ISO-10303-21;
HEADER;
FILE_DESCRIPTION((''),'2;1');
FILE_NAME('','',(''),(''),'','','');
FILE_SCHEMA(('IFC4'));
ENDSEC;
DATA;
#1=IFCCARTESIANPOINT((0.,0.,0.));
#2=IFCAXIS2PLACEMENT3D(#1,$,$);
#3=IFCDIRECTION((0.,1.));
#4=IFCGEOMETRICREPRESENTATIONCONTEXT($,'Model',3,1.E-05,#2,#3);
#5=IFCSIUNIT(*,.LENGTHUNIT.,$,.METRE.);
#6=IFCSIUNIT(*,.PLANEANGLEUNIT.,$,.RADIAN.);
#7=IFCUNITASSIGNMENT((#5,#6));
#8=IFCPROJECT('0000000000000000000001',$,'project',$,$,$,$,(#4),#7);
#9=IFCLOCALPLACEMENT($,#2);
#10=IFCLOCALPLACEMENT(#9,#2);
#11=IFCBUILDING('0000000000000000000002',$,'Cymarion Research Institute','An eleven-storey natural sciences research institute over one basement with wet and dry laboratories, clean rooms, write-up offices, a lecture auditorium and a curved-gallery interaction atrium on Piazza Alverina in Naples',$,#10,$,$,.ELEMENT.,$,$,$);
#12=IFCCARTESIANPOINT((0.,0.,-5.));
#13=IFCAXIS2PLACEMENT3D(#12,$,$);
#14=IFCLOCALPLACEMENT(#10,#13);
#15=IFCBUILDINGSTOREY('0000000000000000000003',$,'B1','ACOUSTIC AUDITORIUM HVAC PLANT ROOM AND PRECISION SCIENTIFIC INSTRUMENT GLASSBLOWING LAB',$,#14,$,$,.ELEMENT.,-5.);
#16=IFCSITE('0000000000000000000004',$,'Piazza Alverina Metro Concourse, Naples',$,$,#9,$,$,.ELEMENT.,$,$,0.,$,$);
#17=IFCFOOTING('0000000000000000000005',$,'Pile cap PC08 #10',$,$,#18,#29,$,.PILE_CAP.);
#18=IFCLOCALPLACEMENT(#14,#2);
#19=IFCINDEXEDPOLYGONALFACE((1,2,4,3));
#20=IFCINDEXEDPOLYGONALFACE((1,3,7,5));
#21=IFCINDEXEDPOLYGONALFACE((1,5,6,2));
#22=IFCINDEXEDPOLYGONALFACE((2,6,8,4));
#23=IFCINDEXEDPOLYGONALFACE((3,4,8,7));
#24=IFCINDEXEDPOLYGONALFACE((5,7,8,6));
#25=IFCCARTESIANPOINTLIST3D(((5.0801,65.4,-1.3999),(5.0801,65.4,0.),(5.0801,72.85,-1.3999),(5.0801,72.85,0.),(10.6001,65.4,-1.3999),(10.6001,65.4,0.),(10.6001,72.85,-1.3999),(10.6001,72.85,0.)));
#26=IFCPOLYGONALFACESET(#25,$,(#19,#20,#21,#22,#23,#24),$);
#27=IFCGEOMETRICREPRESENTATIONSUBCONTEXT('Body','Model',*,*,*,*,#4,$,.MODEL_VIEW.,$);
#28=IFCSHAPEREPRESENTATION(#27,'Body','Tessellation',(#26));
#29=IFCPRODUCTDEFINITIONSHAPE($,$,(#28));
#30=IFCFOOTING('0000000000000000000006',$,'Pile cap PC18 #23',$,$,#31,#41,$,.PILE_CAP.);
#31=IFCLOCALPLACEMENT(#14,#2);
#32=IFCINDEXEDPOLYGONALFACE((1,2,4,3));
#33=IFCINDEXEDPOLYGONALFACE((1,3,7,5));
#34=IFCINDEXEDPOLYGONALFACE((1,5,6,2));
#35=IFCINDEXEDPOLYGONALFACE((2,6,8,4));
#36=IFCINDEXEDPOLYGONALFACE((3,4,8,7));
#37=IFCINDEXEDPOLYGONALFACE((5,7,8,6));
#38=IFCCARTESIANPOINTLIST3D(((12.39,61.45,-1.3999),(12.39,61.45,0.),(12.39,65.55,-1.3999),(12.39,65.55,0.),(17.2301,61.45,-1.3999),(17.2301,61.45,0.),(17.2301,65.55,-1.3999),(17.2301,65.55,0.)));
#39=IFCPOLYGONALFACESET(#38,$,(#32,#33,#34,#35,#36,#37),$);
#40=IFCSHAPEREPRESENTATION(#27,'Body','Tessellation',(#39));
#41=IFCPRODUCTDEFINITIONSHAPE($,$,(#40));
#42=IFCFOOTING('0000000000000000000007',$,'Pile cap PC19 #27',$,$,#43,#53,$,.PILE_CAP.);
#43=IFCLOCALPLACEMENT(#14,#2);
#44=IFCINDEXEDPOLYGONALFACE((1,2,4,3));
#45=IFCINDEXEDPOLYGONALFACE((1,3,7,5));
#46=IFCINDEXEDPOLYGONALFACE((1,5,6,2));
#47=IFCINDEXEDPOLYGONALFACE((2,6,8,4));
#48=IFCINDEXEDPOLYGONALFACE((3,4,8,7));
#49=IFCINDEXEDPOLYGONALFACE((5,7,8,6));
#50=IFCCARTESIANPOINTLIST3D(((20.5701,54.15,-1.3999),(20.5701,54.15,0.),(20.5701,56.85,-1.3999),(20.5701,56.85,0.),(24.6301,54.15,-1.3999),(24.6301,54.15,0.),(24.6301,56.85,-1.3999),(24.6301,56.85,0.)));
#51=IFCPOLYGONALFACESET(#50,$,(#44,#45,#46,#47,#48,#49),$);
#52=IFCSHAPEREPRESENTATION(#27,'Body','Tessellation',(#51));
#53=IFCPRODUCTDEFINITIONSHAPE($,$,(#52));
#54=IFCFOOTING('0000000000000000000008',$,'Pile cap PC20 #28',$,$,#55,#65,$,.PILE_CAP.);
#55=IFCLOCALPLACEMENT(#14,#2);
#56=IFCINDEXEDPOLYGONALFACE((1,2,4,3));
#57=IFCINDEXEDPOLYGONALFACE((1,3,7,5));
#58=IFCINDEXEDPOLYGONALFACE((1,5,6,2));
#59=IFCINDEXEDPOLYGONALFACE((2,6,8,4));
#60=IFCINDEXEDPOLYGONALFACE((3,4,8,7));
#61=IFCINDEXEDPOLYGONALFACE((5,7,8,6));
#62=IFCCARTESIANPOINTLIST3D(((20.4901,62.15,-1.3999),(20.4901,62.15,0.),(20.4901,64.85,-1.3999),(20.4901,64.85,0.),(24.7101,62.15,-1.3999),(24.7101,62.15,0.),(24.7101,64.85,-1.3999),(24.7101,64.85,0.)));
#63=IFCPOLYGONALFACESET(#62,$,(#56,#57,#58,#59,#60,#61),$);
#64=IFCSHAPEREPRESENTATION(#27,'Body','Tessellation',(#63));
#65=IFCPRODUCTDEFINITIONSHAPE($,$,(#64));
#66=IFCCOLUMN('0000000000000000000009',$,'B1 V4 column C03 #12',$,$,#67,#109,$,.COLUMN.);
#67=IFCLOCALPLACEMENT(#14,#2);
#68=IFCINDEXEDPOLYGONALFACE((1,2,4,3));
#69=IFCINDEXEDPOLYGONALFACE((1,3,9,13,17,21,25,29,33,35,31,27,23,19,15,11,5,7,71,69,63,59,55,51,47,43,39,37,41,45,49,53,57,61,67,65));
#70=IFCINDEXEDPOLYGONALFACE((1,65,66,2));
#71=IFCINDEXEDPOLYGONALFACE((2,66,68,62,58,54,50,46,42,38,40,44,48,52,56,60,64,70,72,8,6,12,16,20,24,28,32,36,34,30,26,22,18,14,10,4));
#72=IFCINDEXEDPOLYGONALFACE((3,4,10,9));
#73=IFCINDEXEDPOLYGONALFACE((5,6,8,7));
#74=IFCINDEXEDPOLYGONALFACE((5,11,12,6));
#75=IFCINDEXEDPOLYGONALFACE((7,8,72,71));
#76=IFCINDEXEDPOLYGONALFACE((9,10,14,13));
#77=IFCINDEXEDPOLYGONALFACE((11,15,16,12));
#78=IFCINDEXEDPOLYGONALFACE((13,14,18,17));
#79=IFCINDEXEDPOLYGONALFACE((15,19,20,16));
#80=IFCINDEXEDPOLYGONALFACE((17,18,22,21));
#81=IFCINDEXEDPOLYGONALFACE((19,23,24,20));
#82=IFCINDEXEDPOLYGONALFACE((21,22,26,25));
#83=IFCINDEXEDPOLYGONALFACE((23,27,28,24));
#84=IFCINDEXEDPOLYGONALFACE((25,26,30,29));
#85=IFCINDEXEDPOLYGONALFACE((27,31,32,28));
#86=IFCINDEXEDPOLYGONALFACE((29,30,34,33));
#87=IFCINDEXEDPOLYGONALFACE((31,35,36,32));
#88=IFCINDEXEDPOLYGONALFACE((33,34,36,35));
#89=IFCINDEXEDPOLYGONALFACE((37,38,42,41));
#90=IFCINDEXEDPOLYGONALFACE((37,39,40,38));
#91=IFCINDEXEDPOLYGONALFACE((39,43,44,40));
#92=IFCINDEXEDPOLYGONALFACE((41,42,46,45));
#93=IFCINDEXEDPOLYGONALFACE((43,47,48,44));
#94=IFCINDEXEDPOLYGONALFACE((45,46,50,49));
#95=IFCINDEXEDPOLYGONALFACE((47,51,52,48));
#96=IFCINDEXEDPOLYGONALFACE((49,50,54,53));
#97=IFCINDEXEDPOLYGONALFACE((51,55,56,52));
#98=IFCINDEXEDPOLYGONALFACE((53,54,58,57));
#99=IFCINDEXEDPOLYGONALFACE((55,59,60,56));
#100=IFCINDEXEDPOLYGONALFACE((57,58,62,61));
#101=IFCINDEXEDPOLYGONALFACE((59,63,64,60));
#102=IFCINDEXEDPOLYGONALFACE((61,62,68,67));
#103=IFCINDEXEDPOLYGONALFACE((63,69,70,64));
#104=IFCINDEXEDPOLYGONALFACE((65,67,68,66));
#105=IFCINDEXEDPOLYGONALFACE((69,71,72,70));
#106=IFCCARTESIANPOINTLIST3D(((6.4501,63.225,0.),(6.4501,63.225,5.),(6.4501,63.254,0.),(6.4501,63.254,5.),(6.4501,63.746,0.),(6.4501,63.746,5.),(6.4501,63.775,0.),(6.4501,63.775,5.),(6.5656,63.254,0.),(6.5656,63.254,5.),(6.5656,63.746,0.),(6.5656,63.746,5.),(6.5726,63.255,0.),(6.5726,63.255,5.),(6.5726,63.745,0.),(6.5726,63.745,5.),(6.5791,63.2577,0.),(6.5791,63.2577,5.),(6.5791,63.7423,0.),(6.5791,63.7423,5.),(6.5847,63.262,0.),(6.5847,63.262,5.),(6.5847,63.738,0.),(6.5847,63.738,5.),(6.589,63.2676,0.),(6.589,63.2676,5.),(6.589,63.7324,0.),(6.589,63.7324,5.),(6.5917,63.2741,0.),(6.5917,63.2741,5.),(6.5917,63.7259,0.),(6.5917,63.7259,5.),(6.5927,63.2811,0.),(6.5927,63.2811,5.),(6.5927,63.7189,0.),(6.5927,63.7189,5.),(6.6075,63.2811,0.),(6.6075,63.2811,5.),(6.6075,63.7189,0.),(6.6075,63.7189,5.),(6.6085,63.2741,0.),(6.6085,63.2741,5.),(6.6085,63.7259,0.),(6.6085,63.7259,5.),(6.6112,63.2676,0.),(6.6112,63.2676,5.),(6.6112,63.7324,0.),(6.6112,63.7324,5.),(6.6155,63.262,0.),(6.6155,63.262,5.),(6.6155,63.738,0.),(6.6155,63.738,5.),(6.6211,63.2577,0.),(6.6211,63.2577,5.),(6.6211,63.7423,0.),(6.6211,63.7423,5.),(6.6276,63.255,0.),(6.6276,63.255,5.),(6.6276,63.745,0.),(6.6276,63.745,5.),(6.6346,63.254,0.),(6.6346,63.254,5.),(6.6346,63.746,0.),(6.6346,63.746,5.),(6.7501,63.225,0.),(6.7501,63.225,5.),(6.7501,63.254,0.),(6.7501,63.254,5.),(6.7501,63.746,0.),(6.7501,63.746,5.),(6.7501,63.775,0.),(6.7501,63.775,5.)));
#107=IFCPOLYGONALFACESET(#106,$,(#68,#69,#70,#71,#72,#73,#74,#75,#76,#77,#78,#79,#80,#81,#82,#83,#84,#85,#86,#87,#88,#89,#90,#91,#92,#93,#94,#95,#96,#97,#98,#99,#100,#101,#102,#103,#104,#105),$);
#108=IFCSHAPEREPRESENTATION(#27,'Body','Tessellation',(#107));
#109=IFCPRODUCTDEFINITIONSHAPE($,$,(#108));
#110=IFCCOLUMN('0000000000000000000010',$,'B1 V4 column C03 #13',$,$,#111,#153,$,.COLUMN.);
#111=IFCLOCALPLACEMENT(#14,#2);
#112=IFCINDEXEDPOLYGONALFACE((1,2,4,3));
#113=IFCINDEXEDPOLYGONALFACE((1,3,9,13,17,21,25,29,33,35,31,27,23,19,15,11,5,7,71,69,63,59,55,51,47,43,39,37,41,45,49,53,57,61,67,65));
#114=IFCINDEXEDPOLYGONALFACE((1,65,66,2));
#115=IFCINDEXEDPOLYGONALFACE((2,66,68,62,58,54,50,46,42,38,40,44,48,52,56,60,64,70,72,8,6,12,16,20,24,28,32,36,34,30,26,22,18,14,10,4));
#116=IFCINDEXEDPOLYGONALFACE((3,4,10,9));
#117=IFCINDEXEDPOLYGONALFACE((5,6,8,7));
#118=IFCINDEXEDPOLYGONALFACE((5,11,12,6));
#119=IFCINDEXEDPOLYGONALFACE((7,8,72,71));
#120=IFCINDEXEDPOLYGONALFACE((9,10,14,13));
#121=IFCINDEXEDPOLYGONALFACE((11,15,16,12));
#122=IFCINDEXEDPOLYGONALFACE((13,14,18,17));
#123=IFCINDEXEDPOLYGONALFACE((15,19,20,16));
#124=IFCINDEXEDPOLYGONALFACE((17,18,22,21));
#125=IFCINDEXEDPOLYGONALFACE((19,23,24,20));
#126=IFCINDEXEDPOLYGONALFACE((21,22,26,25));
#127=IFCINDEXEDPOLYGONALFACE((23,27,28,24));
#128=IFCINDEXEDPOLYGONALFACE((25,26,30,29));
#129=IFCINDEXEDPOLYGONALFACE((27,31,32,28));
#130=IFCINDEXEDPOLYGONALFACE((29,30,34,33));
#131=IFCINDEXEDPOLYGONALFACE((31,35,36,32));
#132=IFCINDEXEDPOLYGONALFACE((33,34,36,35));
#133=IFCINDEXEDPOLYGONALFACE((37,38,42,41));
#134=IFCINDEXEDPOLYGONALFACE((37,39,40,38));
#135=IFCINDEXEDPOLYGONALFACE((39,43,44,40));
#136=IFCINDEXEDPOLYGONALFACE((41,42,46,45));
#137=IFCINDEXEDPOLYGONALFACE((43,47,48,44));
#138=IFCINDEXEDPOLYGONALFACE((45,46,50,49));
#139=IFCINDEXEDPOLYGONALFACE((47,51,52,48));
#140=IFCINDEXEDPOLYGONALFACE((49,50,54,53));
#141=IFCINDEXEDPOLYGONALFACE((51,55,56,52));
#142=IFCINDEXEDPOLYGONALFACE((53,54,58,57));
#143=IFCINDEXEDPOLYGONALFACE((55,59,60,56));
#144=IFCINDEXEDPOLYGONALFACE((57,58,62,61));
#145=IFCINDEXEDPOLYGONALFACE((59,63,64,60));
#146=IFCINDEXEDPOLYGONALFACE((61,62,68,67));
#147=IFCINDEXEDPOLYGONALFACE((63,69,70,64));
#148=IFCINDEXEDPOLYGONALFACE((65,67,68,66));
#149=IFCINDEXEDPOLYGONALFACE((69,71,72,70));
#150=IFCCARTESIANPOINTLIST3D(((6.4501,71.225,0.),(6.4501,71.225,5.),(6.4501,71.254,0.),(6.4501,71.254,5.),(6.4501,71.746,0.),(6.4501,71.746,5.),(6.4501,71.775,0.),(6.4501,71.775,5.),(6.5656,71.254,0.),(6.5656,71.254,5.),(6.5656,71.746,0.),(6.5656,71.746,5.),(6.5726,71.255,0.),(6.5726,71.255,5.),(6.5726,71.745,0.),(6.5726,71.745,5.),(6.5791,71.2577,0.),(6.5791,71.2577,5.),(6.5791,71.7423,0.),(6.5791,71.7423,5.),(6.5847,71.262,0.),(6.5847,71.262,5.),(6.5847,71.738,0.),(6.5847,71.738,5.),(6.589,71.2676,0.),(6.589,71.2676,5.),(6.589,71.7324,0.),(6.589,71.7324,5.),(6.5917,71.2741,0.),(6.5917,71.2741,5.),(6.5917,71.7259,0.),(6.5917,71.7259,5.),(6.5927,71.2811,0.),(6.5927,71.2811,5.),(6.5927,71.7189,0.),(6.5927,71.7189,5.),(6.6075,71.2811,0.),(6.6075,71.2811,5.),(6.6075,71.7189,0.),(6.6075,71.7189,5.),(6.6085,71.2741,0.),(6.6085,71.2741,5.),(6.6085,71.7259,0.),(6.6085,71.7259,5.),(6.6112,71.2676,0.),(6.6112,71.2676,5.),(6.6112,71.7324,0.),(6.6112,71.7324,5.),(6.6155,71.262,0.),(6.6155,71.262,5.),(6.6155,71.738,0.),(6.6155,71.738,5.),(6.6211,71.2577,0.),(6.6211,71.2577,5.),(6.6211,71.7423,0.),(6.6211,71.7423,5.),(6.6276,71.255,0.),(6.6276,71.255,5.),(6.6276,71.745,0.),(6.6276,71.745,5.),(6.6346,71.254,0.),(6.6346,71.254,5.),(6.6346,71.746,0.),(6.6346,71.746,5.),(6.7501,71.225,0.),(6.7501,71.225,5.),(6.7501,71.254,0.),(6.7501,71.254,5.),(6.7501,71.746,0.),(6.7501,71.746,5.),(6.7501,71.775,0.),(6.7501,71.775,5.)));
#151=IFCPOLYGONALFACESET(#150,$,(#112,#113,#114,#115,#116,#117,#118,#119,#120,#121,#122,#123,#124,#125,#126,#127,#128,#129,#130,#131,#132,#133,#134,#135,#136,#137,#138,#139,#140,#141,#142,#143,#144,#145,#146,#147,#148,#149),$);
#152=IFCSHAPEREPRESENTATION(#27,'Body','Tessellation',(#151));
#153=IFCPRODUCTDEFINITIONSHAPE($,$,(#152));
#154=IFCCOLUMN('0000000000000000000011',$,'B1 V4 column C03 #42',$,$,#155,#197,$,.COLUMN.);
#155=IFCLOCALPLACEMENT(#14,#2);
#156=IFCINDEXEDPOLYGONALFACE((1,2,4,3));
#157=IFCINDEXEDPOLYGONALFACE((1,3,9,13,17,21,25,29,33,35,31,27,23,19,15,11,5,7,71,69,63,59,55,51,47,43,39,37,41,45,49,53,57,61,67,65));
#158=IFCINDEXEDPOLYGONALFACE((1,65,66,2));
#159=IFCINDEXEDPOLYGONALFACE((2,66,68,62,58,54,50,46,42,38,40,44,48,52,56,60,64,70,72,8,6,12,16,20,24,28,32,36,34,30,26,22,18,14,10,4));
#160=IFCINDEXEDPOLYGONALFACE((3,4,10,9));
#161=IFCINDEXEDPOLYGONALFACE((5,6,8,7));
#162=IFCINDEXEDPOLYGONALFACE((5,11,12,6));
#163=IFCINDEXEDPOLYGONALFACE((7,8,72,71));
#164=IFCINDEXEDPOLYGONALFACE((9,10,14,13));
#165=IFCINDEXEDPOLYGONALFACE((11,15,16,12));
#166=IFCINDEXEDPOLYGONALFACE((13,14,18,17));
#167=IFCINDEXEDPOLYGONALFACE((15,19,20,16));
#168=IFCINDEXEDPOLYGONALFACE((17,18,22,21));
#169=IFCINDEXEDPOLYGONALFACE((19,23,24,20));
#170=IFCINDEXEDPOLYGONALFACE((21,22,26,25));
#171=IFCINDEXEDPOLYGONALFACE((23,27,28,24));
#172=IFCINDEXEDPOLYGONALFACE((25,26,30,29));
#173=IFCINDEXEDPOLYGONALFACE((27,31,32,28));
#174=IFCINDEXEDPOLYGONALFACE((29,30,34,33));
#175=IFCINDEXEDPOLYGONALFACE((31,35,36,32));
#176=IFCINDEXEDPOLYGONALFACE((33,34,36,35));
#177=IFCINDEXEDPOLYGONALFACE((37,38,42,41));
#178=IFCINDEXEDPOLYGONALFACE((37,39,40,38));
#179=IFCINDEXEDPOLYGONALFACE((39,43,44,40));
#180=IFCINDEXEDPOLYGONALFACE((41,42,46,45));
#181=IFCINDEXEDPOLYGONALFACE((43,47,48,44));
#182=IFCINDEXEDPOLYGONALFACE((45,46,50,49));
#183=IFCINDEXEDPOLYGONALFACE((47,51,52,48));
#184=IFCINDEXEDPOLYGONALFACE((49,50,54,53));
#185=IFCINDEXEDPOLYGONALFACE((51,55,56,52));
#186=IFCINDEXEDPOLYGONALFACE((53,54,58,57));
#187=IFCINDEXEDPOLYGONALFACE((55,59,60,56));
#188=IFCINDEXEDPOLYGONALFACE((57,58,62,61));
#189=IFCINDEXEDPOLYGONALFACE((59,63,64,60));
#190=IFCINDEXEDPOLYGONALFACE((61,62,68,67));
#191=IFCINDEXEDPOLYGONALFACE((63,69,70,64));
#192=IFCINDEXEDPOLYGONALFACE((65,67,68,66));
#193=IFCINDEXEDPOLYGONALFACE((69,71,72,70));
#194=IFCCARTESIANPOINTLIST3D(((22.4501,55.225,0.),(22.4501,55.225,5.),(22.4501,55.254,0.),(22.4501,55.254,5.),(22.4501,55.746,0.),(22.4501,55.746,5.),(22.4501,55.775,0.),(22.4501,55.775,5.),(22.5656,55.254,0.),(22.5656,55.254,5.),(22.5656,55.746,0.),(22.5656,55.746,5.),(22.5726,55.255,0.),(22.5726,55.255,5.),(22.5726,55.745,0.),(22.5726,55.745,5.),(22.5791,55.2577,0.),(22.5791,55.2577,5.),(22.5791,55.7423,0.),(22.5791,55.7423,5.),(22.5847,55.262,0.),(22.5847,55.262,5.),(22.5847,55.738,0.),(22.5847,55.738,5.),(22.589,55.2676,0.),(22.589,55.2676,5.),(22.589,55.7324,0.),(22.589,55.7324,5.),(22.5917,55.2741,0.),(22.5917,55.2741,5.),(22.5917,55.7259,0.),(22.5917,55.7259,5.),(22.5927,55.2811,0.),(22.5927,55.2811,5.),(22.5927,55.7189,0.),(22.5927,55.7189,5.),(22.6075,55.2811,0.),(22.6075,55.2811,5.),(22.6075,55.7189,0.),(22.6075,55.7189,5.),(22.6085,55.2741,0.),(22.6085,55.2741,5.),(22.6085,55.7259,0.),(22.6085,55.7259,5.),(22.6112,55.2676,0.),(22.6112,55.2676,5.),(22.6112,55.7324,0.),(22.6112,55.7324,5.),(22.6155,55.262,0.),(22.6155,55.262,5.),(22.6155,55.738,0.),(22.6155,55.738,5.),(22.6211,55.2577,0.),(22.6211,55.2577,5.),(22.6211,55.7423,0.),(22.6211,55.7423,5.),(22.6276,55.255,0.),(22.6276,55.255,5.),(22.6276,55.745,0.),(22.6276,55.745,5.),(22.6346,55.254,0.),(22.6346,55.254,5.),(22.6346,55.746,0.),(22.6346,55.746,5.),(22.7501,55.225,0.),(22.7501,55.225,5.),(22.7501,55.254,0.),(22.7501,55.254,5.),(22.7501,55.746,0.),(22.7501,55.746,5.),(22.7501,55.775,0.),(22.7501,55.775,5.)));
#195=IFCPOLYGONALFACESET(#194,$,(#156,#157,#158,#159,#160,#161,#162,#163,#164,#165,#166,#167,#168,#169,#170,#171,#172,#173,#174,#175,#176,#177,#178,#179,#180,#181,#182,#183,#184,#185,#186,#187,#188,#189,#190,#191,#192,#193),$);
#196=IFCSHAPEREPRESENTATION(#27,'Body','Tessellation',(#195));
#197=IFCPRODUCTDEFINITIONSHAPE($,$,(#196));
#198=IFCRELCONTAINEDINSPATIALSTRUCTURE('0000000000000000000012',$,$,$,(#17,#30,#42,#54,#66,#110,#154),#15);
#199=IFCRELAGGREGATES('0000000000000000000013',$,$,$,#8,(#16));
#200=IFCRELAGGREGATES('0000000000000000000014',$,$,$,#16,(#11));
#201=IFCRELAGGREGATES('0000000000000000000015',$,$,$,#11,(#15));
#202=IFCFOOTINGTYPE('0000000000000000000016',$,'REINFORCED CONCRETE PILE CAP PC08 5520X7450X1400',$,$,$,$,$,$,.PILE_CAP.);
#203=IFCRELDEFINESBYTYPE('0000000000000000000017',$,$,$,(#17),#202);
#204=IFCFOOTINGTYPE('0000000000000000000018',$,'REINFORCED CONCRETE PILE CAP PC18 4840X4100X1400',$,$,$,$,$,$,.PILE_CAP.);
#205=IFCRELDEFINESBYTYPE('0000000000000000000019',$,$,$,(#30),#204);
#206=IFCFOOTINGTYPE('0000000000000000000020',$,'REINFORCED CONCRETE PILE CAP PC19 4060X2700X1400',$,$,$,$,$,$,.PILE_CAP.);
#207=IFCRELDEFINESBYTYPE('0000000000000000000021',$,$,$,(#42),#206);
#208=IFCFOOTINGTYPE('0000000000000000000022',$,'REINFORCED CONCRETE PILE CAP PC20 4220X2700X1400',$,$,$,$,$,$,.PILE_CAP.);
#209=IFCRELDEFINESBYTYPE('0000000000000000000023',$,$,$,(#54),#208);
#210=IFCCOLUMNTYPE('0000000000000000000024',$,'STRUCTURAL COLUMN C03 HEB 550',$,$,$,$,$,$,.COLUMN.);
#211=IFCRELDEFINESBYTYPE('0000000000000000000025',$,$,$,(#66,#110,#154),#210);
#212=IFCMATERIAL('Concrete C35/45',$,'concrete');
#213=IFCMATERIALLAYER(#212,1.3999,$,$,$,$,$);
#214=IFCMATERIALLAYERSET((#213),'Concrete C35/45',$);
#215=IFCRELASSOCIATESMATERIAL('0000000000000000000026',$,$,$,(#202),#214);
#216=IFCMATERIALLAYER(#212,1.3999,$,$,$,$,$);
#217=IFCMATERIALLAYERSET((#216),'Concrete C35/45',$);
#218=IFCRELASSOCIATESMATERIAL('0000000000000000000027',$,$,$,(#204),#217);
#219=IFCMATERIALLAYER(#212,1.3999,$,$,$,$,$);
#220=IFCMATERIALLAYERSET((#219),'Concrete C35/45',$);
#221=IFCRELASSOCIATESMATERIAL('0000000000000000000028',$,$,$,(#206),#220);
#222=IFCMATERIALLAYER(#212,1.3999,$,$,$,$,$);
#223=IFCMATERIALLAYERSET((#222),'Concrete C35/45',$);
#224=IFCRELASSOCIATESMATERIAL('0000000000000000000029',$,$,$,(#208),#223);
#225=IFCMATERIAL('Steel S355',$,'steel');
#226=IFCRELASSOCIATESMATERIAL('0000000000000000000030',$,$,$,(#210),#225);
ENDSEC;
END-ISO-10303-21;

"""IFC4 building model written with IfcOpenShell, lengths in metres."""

from ifc_helpers import new_model, si_unit, direction, frame, origin, origin_2d, place, context, subcontext, project, spatial, rectangle, i_section, extrude, material, layer, layer_set, material_profile, profile_set, type_object, element, save


model = new_model("IFC4")

# Units and contexts
model_context = context("Model", 3, precision=1e-05, world=origin(), true_north=direction((0.0, 1.0)))
body_context = subcontext(model_context, "Body", "Model", "MODEL_VIEW")
ifc_project = project(units=[si_unit("LENGTHUNIT", "METRE"), si_unit("PLANEANGLEUNIT", "RADIAN")], contexts=[model_context])

# Site, building, storey
site_placement = place(None, origin())
site = spatial("IfcSite", under=ifc_project, at=site_placement, Name="Piazza Alverina Metro Concourse, Naples", CompositionType="ELEMENT", RefElevation=0.0)
building_placement = place(site_placement, origin())
building = spatial("IfcBuilding", under=site, at=building_placement, Name="Cymarion Research Institute", Description="An eleven-storey natural sciences research institute over one basement with wet and dry laboratories, clean rooms, write-up offices, a lecture auditorium and a curved-gallery interaction atrium on Piazza Alverina in Naples", CompositionType="ELEMENT")
storey_placement = place(building_placement, frame((0.0, 0.0, -5.0)))
storey = spatial("IfcBuildingStorey", under=building, at=storey_placement, Name="B1", Description="ACOUSTIC AUDITORIUM HVAC PLANT ROOM AND PRECISION SCIENTIFIC INSTRUMENT GLASSBLOWING LAB", CompositionType="ELEMENT", Elevation=-5.0)

# Shared definitions
ifc_material_1 = material(Name="Concrete C35/45", Category="concrete")

# Footings
ifc_layer_1 = layer(ifc_material_1, 1.3999)
ifc_layer_set_1 = layer_set([ifc_layer_1], Name="Concrete C35/45")
footing_type_1 = type_object("IfcFootingType", Name="REINFORCED CONCRETE PILE CAP PC08 5520X7450X1400", PredefinedType="PILE_CAP", material=ifc_layer_set_1)
footing_1_placement = place(storey_placement, frame((7.8401, 69.125, -1.3999), z_axis=(0.0, 0.0, 1.0), x_axis=(1.0, 0.0, 0.0)))
element("IfcFooting", 1, at=footing_1_placement, inside=storey, type_object=footing_type_1, Name="Pile cap PC08 #10", PredefinedType="PILE_CAP", context=body_context, shape_type="SweptSolid", body=[
    extrude(rectangle(XDim=5.52, YDim=7.45, at=origin_2d()), origin(), (0.0, 0.0, 1.0), 1.3999),
])
ifc_layer_2 = layer(ifc_material_1, 1.3999)
ifc_layer_set_2 = layer_set([ifc_layer_2], Name="Concrete C35/45")
footing_type_2 = type_object("IfcFootingType", Name="REINFORCED CONCRETE PILE CAP PC18 4840X4100X1400", PredefinedType="PILE_CAP", material=ifc_layer_set_2)
footing_2_placement = place(storey_placement, frame((14.8101, 63.5, -1.3999), z_axis=(0.0, 0.0, 1.0), x_axis=(1.0, 0.0, 0.0)))
element("IfcFooting", 2, at=footing_2_placement, inside=storey, type_object=footing_type_2, Name="Pile cap PC18 #23", PredefinedType="PILE_CAP", context=body_context, shape_type="SweptSolid", body=[
    extrude(rectangle(XDim=4.8401, YDim=4.1001, at=origin_2d()), origin(), (0.0, 0.0, 1.0), 1.3999),
])
ifc_layer_3 = layer(ifc_material_1, 1.3999)
ifc_layer_set_3 = layer_set([ifc_layer_3], Name="Concrete C35/45")
footing_type_3 = type_object("IfcFootingType", Name="REINFORCED CONCRETE PILE CAP PC19 4060X2700X1400", PredefinedType="PILE_CAP", material=ifc_layer_set_3)
footing_3_placement = place(storey_placement, frame((22.6001, 55.5, -1.3999), z_axis=(0.0, 0.0, 1.0), x_axis=(1.0, 0.0, 0.0)))
element("IfcFooting", 3, at=footing_3_placement, inside=storey, type_object=footing_type_3, Name="Pile cap PC19 #27", PredefinedType="PILE_CAP", context=body_context, shape_type="SweptSolid", body=[
    extrude(rectangle(XDim=4.0601, YDim=2.7, at=origin_2d()), origin(), (0.0, 0.0, 1.0), 1.3999),
])
ifc_layer_4 = layer(ifc_material_1, 1.3999)
ifc_layer_set_4 = layer_set([ifc_layer_4], Name="Concrete C35/45")
footing_type_4 = type_object("IfcFootingType", Name="REINFORCED CONCRETE PILE CAP PC20 4220X2700X1400", PredefinedType="PILE_CAP", material=ifc_layer_set_4)
footing_4_placement = place(storey_placement, frame((22.6001, 63.5, -1.3999), z_axis=(0.0, 0.0, 1.0), x_axis=(1.0, 0.0, 0.0)))
element("IfcFooting", 4, at=footing_4_placement, inside=storey, type_object=footing_type_4, Name="Pile cap PC20 #28", PredefinedType="PILE_CAP", context=body_context, shape_type="SweptSolid", body=[
    extrude(rectangle(XDim=4.22, YDim=2.7, at=origin_2d()), origin(), (0.0, 0.0, 1.0), 1.3999),
])

# Columns
ifc_material_2 = material(Name="Steel S355", Category="steel")
ifc_material_profile_1 = material_profile(ifc_material_2, i_section(OverallWidth=0.3, OverallDepth=0.55, WebThickness=0.0149, FlangeThickness=0.0291, FilletRadius=0.0271, at=origin_2d()), Name="HEB 550")
ifc_profile_set_1 = profile_set([ifc_material_profile_1], Name="Steel S355")
column_type_1 = type_object("IfcColumnType", Name="STRUCTURAL COLUMN C03 HEB 550", PredefinedType="COLUMN", material=ifc_profile_set_1)
for number, where, z_axis, x_axis, name in (
    (5, (6.6001, 63.5, 0.0), (0.0, 0.0, 1.0), (1.0, 0.0, 0.0), "B1 V4 column C03 #12"),
    (6, (6.6001, 71.5, 0.0), (0.0, 0.0, 1.0), (1.0, 0.0, 0.0), "B1 V4 column C03 #13"),
    (7, (22.6001, 55.5, 0.0), (0.0, 0.0, 1.0), (1.0, 0.0, 0.0), "B1 V4 column C03 #42"),
):
    element("IfcColumn", number, at=place(storey_placement, frame(where, z_axis=z_axis, x_axis=x_axis)), inside=storey, type_object=column_type_1, Name=name, PredefinedType="COLUMN", context=body_context, shape_type="SweptSolid", body=[
        extrude(i_section(OverallWidth=0.3, OverallDepth=0.55, WebThickness=0.0149, FlangeThickness=0.0291, FilletRadius=0.0271, at=origin_2d()), origin(), (0.0, 0.0, 1.0), 5.0),
    ])

save(model, "model.ifc")
